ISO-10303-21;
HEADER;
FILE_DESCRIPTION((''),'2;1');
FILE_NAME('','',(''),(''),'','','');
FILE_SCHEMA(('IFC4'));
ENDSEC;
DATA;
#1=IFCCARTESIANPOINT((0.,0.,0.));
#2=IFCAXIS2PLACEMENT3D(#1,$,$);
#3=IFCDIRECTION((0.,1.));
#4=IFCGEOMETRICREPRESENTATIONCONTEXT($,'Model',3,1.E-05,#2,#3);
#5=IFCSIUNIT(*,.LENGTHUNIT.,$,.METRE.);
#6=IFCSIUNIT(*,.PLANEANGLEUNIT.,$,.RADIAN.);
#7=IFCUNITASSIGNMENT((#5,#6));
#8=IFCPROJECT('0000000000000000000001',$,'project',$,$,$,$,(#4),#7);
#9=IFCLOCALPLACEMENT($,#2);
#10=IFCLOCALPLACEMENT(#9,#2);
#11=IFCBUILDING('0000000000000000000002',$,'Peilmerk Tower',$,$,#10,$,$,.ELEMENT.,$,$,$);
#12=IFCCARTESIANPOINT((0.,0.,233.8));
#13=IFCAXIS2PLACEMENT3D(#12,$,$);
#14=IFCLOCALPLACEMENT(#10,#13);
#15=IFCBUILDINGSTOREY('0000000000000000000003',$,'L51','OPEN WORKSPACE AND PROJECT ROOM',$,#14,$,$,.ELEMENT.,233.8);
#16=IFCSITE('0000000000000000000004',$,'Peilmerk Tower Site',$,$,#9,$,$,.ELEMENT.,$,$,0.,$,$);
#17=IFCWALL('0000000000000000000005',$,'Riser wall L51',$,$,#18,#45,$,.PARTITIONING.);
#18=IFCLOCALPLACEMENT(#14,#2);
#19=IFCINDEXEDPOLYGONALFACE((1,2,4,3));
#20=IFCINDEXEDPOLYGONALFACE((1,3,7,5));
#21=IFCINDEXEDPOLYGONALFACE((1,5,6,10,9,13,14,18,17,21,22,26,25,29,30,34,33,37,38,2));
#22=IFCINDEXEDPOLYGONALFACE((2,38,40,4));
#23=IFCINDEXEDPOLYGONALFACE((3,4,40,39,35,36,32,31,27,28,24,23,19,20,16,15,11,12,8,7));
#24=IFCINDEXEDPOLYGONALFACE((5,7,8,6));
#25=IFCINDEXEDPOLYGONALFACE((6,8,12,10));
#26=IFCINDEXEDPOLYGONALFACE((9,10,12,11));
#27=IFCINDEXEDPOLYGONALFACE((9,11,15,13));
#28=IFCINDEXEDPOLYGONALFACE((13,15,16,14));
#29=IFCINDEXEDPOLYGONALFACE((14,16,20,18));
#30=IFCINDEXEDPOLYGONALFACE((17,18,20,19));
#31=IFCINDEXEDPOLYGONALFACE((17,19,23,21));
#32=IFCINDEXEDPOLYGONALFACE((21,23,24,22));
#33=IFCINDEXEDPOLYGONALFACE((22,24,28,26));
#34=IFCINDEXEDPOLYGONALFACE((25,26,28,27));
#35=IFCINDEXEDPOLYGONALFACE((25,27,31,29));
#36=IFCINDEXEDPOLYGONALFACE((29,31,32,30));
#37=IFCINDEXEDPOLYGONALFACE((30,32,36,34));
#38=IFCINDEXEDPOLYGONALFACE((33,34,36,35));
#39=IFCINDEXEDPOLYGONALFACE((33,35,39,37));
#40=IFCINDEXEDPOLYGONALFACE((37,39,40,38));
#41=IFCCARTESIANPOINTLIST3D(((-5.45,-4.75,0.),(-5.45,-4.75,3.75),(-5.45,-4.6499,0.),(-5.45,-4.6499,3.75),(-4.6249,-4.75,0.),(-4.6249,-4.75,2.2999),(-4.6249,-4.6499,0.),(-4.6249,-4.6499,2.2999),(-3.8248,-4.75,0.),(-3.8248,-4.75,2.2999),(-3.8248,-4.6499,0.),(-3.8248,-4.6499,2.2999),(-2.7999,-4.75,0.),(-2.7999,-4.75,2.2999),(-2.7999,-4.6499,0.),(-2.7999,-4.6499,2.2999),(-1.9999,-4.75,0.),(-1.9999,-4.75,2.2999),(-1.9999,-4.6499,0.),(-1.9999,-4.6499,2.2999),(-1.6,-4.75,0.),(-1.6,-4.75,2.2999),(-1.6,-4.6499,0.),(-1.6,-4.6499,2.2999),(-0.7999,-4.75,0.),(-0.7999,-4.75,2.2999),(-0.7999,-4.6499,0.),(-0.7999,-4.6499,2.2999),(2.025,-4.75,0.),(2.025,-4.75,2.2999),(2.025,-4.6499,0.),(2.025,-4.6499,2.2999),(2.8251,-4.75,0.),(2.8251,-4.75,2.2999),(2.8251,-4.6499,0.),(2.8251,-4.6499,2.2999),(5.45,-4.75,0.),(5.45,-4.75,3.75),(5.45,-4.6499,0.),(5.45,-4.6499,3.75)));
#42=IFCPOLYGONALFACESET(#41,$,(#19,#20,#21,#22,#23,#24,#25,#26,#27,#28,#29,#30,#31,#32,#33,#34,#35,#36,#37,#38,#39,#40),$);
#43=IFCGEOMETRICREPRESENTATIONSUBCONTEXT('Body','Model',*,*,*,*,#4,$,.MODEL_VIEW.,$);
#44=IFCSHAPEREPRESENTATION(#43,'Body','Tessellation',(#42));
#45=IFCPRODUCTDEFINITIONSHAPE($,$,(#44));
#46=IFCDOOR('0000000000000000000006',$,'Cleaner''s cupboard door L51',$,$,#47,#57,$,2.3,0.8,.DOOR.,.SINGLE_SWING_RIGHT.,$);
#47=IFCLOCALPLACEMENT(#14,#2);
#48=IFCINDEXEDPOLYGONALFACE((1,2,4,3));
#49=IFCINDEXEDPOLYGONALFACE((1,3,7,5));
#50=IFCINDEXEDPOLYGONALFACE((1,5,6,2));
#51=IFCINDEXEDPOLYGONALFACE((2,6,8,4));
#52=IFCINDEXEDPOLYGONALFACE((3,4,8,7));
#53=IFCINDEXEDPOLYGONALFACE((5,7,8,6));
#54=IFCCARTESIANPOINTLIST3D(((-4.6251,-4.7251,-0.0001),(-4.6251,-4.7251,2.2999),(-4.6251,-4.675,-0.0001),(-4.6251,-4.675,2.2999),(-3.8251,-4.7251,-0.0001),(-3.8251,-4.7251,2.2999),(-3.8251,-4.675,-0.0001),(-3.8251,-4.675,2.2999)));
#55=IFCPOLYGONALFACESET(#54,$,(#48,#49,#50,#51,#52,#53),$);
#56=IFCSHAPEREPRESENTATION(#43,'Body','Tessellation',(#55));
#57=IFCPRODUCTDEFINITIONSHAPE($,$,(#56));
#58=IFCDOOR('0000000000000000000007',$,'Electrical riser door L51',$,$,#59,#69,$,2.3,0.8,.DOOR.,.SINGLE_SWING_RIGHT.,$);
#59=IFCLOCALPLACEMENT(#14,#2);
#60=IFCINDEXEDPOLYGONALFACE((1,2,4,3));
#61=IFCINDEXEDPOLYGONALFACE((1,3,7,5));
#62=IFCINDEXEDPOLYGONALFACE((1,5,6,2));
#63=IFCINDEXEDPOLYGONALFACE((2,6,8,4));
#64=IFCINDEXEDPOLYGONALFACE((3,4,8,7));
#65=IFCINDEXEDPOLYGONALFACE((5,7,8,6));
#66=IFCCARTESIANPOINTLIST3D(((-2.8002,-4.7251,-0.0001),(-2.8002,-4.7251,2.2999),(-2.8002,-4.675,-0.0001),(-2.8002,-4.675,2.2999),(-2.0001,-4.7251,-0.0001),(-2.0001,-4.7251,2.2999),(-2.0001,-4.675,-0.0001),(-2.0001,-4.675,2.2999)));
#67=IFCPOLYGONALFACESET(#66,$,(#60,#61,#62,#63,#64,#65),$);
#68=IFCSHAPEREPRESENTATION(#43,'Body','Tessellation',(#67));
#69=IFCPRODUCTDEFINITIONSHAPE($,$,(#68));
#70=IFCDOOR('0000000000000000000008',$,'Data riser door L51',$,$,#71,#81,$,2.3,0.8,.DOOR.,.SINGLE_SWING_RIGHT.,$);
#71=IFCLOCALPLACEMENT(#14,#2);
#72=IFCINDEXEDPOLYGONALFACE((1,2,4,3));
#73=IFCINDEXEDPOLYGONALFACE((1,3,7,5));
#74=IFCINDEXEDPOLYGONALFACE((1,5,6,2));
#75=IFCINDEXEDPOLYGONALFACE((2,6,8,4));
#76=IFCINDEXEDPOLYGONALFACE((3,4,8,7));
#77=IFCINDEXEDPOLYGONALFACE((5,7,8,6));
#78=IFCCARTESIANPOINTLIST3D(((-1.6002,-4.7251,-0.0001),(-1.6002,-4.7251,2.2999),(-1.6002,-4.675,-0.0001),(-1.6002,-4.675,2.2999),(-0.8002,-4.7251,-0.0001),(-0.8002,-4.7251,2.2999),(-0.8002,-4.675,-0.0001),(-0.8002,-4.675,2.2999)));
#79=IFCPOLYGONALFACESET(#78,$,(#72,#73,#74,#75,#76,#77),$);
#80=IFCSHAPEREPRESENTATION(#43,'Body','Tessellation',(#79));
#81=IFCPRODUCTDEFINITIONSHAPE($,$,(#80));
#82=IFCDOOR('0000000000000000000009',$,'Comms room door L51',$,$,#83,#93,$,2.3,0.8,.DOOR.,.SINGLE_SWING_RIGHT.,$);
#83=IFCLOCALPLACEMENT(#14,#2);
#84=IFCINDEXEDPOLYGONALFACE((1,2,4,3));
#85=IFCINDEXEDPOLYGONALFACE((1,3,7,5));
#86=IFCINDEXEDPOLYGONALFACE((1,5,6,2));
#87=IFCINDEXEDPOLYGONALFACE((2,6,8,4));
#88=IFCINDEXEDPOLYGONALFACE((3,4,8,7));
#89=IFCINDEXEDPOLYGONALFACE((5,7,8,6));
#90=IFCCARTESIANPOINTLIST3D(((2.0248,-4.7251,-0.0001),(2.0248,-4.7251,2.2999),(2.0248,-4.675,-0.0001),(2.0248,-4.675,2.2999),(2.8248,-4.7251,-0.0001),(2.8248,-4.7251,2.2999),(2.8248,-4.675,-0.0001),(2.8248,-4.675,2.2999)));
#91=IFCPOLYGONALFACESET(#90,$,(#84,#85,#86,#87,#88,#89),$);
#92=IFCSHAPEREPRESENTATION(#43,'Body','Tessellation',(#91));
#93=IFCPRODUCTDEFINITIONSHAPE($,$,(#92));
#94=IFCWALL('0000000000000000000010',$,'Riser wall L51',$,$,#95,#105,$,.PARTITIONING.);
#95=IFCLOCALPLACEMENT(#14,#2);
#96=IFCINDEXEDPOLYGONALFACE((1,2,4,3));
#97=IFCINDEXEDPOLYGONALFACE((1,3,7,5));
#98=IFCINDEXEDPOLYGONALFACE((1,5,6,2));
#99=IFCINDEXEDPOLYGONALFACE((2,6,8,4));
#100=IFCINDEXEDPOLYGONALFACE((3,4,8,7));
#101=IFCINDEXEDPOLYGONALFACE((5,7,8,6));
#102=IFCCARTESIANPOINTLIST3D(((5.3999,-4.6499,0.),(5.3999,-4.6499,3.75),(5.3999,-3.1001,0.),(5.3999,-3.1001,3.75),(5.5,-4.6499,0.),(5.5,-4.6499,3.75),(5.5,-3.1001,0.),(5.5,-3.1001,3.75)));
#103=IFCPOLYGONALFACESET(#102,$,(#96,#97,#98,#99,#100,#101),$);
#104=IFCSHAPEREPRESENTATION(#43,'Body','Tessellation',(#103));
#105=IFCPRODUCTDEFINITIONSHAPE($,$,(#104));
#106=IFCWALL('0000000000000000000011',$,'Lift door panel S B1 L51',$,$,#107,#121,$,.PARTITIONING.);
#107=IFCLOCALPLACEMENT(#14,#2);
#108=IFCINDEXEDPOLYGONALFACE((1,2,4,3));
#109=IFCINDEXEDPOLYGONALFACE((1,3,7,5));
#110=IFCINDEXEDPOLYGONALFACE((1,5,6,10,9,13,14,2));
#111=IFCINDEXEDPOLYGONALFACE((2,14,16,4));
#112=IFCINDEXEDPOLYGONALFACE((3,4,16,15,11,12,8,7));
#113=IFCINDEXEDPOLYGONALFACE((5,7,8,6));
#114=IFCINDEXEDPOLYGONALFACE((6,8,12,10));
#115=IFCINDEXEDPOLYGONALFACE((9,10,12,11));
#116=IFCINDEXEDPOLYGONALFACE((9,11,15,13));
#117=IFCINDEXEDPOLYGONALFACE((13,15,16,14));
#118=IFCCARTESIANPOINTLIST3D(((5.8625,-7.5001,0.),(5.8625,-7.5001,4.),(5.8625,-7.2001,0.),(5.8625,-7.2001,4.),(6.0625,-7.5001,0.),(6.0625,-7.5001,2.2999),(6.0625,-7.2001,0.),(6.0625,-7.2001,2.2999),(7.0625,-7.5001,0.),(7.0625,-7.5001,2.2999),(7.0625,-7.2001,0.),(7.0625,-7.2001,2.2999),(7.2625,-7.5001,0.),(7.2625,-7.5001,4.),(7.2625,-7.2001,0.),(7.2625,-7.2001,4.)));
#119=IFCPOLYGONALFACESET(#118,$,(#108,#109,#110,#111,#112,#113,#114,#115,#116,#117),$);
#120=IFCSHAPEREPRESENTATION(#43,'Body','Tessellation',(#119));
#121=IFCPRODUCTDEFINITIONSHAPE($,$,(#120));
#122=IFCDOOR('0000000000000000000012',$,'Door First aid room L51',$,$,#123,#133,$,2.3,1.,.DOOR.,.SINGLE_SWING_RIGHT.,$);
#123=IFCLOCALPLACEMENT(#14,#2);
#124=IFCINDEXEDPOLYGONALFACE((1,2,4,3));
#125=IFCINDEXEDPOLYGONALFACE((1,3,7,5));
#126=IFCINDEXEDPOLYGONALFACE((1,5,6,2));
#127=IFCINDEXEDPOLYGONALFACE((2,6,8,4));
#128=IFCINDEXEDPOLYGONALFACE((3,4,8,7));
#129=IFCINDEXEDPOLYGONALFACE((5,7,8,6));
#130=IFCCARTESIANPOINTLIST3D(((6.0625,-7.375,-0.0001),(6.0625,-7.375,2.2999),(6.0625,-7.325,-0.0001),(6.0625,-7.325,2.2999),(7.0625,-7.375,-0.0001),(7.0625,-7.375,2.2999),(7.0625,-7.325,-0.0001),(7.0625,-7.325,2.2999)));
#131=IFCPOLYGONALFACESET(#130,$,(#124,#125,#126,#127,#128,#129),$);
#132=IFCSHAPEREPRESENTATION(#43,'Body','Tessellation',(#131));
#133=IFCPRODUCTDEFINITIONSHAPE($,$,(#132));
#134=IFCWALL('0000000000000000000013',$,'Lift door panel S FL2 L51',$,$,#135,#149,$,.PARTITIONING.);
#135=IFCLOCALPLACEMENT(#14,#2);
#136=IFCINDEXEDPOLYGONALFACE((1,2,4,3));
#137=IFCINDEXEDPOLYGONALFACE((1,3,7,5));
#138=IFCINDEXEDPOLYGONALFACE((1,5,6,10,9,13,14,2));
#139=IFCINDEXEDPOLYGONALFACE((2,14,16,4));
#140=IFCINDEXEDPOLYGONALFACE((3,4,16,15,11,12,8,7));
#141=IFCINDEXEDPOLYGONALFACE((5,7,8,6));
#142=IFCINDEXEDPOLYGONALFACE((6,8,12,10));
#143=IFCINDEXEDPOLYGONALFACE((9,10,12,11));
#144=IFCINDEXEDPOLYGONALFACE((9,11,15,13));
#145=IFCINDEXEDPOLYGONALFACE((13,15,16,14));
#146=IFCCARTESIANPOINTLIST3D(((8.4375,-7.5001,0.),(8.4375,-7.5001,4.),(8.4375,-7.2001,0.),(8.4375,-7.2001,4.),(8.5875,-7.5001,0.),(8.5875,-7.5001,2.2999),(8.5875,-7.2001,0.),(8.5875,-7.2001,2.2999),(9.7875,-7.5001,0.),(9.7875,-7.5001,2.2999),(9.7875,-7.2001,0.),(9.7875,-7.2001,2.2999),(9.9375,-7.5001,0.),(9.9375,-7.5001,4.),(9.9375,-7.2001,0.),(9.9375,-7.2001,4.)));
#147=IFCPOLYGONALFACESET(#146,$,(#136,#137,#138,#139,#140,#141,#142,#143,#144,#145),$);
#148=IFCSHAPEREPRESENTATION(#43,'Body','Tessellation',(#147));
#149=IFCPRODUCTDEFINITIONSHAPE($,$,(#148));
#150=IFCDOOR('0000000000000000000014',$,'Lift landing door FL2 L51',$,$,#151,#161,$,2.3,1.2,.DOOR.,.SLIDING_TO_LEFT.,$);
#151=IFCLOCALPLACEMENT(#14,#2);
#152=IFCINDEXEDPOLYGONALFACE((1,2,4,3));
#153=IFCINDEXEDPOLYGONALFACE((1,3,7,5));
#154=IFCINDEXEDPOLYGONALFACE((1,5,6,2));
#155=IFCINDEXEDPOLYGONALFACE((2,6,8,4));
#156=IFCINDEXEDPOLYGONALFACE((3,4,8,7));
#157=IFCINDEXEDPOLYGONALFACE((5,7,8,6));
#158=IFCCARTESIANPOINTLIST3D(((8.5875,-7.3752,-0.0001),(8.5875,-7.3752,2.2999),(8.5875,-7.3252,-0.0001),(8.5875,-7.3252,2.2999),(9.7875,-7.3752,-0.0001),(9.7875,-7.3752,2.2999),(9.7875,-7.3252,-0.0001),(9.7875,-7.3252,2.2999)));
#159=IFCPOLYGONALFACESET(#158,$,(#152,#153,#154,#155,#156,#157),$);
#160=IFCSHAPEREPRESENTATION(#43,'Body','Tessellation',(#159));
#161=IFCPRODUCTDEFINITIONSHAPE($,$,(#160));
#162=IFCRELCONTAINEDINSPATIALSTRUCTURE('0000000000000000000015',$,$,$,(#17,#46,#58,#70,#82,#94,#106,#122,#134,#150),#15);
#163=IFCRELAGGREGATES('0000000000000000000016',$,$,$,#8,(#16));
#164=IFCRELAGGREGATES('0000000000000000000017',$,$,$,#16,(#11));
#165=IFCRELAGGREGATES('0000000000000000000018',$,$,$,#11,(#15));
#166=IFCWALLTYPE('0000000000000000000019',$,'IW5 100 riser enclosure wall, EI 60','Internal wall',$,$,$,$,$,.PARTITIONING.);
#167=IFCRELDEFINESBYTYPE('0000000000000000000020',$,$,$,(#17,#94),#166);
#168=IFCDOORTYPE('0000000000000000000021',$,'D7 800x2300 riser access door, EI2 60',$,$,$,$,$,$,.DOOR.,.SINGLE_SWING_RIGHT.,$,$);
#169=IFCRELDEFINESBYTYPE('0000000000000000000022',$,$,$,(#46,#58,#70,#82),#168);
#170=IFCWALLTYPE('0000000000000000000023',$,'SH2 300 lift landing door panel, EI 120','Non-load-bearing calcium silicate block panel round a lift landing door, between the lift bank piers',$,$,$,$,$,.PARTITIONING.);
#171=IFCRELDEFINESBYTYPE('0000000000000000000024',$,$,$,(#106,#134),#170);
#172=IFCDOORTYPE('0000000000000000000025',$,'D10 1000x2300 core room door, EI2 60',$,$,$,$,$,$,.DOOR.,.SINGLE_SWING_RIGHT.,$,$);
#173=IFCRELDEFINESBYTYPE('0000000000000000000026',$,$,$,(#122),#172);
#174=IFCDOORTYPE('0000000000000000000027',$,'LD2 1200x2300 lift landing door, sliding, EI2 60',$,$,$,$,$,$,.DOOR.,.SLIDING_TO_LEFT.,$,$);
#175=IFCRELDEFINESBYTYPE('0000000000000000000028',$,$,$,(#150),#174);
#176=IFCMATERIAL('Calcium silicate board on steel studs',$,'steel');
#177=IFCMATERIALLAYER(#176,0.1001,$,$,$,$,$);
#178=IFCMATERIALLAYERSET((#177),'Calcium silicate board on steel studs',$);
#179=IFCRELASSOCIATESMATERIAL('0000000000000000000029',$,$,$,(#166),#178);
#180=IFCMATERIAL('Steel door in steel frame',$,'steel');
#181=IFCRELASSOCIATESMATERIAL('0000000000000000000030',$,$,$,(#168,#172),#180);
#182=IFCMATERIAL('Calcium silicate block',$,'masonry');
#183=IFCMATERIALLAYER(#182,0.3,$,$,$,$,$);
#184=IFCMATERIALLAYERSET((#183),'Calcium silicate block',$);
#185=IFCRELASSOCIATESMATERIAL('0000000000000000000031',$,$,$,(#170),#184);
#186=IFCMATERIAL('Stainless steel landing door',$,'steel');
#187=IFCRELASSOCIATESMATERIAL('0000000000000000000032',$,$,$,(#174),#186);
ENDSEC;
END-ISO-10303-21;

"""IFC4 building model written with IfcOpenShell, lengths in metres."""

from ifc_helpers import new_model, si_unit, direction, frame, frame_2d, origin, place, context, subcontext, project, spatial, rectangle, extrude, material, layer, layer_set, type_object, element, fill, save


model = new_model("IFC4")

# Units and contexts
model_context = context("Model", 3, precision=1e-05, world=origin(), true_north=direction((0.0, 1.0)))
body_context = subcontext(model_context, "Body", "Model", "MODEL_VIEW")
ifc_project = project(units=[si_unit("LENGTHUNIT", "METRE"), si_unit("PLANEANGLEUNIT", "RADIAN")], contexts=[model_context])

# Site, building, storey
site_placement = place(None, origin())
site = spatial("IfcSite", under=ifc_project, at=site_placement, Name="Peilmerk Tower Site", CompositionType="ELEMENT", RefElevation=0.0)
building_placement = place(site_placement, origin())
building = spatial("IfcBuilding", under=site, at=building_placement, Name="Peilmerk Tower", CompositionType="ELEMENT")
storey_placement = place(building_placement, frame((0.0, 0.0, 233.8)))
storey = spatial("IfcBuildingStorey", under=building, at=storey_placement, Name="L51", Description="OPEN WORKSPACE AND PROJECT ROOM", CompositionType="ELEMENT", Elevation=233.8)

# Shared definitions
ifc_material_1 = material(Name="Steel door in steel frame", Category="steel")

# Shared definitions
ifc_material_2 = material(Name="Calcium silicate board on steel studs", Category="steel")
ifc_layer_1 = layer(ifc_material_2, 0.1001)
ifc_layer_set_1 = layer_set([ifc_layer_1], Name="Calcium silicate board on steel studs")
wall_type_1 = type_object("IfcWallType", Name="IW5 100 riser enclosure wall, EI 60", Description="Internal wall", PredefinedType="PARTITIONING", material=ifc_layer_set_1)

# Wall, openings, doors
wall_1_placement = place(storey_placement, frame((5.45, -4.7, 0.0), z_axis=(0.0, 0.0, 1.0), x_axis=(-1.0, 0.0, 0.0)))
wall_1 = element("IfcWall", 1, at=wall_1_placement, inside=storey, type_object=wall_type_1, Name="Riser wall L51", PredefinedType="PARTITIONING", context=body_context, shape_type="SweptSolid", body=[
    extrude(rectangle(XDim=10.8999, YDim=0.1001, at=frame_2d((5.45, 0.0))), origin(), (0.0, 0.0, 1.0), 3.75),
])
opening_1_placement = place(wall_1_placement, frame((9.2749, 0.0, 0.0)))
opening_1 = element("IfcOpeningElement", 2, at=opening_1_placement, cuts=wall_1, PredefinedType="OPENING", context=body_context, shape_type="SweptSolid", body=[
    extrude(rectangle(XDim=0.8, YDim=2.3, at=frame_2d((0.3999, 1.1499))), frame((0.0, 0.0601, 0.0), z_axis=(0.0, -1.0, 0.0), x_axis=(1.0, 0.0, 0.0)), (0.0, 0.0, 1.0), 0.1201),
])
opening_2_placement = place(wall_1_placement, frame((7.45, 0.0, 0.0)))
opening_2 = element("IfcOpeningElement", 3, at=opening_2_placement, cuts=wall_1, PredefinedType="OPENING", context=body_context, shape_type="SweptSolid", body=[
    extrude(rectangle(XDim=0.8, YDim=2.3, at=frame_2d((0.3999, 1.1499))), frame((0.0, 0.0601, 0.0), z_axis=(0.0, -1.0, 0.0), x_axis=(1.0, 0.0, 0.0)), (0.0, 0.0, 1.0), 0.1201),
])
opening_3_placement = place(wall_1_placement, frame((6.25, 0.0, 0.0)))
opening_3 = element("IfcOpeningElement", 4, at=opening_3_placement, cuts=wall_1, PredefinedType="OPENING", context=body_context, shape_type="SweptSolid", body=[
    extrude(rectangle(XDim=0.8, YDim=2.3, at=frame_2d((0.3999, 1.1499))), frame((0.0, 0.0601, 0.0), z_axis=(0.0, -1.0, 0.0), x_axis=(1.0, 0.0, 0.0)), (0.0, 0.0, 1.0), 0.1201),
])
opening_4_placement = place(wall_1_placement, frame((2.625, 0.0, 0.0)))
opening_4 = element("IfcOpeningElement", 5, at=opening_4_placement, cuts=wall_1, PredefinedType="OPENING", context=body_context, shape_type="SweptSolid", body=[
    extrude(rectangle(XDim=0.8, YDim=2.3, at=frame_2d((0.3999, 1.1499))), frame((0.0, 0.0601, 0.0), z_axis=(0.0, -1.0, 0.0), x_axis=(1.0, 0.0, 0.0)), (0.0, 0.0, 1.0), 0.1201),
])
door_type_1 = type_object("IfcDoorType", Name="D7 800x2300 riser access door, EI2 60", OperationType="SINGLE_SWING_RIGHT", PredefinedType="DOOR", material=ifc_material_1)
door_1_placement = place(opening_1_placement, frame((0.8, 0.0, 0.0), z_axis=(0.0, 0.0, 1.0), x_axis=(-1.0, 0.0, 0.0)))
door_1 = element("IfcDoor", 6, at=door_1_placement, inside=storey, type_object=door_type_1, Name="Cleaner's cupboard door L51", OperationType="SINGLE_SWING_RIGHT", OverallHeight=2.3, OverallWidth=0.8, PredefinedType="DOOR", context=body_context, shape_type="SweptSolid", body=[
    extrude(rectangle(XDim=0.8, YDim=2.3, at=frame_2d((0.3999, 1.1499))), frame((0.0, 0.0249, 0.0), z_axis=(0.0, -1.0, 0.0), x_axis=(1.0, 0.0, 0.0)), (0.0, 0.0, 1.0), 0.05),
])
fill(opening_1, door_1)
door_2_placement = place(opening_2_placement, frame((0.8, 0.0, 0.0), z_axis=(0.0, 0.0, 1.0), x_axis=(-1.0, 0.0, 0.0)))
door_2 = element("IfcDoor", 7, at=door_2_placement, inside=storey, type_object=door_type_1, Name="Electrical riser door L51", OperationType="SINGLE_SWING_RIGHT", OverallHeight=2.3, OverallWidth=0.8, PredefinedType="DOOR", context=body_context, shape_type="SweptSolid", body=[
    extrude(rectangle(XDim=0.8, YDim=2.3, at=frame_2d((0.3999, 1.1499))), frame((0.0, 0.0249, 0.0), z_axis=(0.0, -1.0, 0.0), x_axis=(1.0, 0.0, 0.0)), (0.0, 0.0, 1.0), 0.05),
])
fill(opening_2, door_2)
door_3_placement = place(opening_3_placement, frame((0.8, 0.0, 0.0), z_axis=(0.0, 0.0, 1.0), x_axis=(-1.0, 0.0, 0.0)))
door_3 = element("IfcDoor", 8, at=door_3_placement, inside=storey, type_object=door_type_1, Name="Data riser door L51", OperationType="SINGLE_SWING_RIGHT", OverallHeight=2.3, OverallWidth=0.8, PredefinedType="DOOR", context=body_context, shape_type="SweptSolid", body=[
    extrude(rectangle(XDim=0.8, YDim=2.3, at=frame_2d((0.3999, 1.1499))), frame((0.0, 0.0249, 0.0), z_axis=(0.0, -1.0, 0.0), x_axis=(1.0, 0.0, 0.0)), (0.0, 0.0, 1.0), 0.05),
])
fill(opening_3, door_3)
door_4_placement = place(opening_4_placement, frame((0.8, 0.0, 0.0), z_axis=(0.0, 0.0, 1.0), x_axis=(-1.0, 0.0, 0.0)))
door_4 = element("IfcDoor", 9, at=door_4_placement, inside=storey, type_object=door_type_1, Name="Comms room door L51", OperationType="SINGLE_SWING_RIGHT", OverallHeight=2.3, OverallWidth=0.8, PredefinedType="DOOR", context=body_context, shape_type="SweptSolid", body=[
    extrude(rectangle(XDim=0.8, YDim=2.3, at=frame_2d((0.3999, 1.1499))), frame((0.0, 0.0249, 0.0), z_axis=(0.0, -1.0, 0.0), x_axis=(1.0, 0.0, 0.0)), (0.0, 0.0, 1.0), 0.05),
])
fill(opening_4, door_4)

# Wall
wall_2_placement = place(storey_placement, frame((5.45, -3.1001, 0.0), z_axis=(0.0, 0.0, 1.0), x_axis=(0.0, -1.0, 0.0)))
element("IfcWall", 10, at=wall_2_placement, inside=storey, type_object=wall_type_1, Name="Riser wall L51", PredefinedType="PARTITIONING", context=body_context, shape_type="SweptSolid", body=[
    extrude(rectangle(XDim=1.5498, YDim=0.1001, at=frame_2d((0.7749, 0.0))), origin(), (0.0, 0.0, 1.0), 3.75),
])

# Walls, openings, doors
ifc_material_3 = material(Name="Calcium silicate block", Category="masonry")
ifc_layer_2 = layer(ifc_material_3, 0.3)
ifc_layer_set_2 = layer_set([ifc_layer_2], Name="Calcium silicate block")
wall_type_2 = type_object("IfcWallType", Name="SH2 300 lift landing door panel, EI 120", Description="Non-load-bearing calcium silicate block panel round a lift landing door, between the lift bank piers", PredefinedType="PARTITIONING", material=ifc_layer_set_2)
wall_3_placement = place(storey_placement, frame((5.8625, -7.3501, 0.0), z_axis=(0.0, 0.0, 1.0), x_axis=(1.0, 0.0, 0.0)))
wall_3 = element("IfcWall", 11, at=wall_3_placement, inside=storey, type_object=wall_type_2, Name="Lift door panel S B1 L51", PredefinedType="PARTITIONING", context=body_context, shape_type="SweptSolid", body=[
    extrude(rectangle(XDim=1.3999, YDim=0.3, at=frame_2d((0.7, 0.0))), origin(), (0.0, 0.0, 1.0), 4.0),
])
opening_5_placement = place(wall_3_placement, frame((0.2, 0.0, 0.0)))
opening_5 = element("IfcOpeningElement", 12, at=opening_5_placement, cuts=wall_3, PredefinedType="OPENING", context=body_context, shape_type="SweptSolid", body=[
    extrude(rectangle(XDim=1.0, YDim=2.3, at=frame_2d((0.5, 1.1499))), frame((0.0, 0.1599, 0.0), z_axis=(0.0, -1.0, 0.0), x_axis=(1.0, 0.0, 0.0)), (0.0, 0.0, 1.0), 0.3201),
])
door_type_2 = type_object("IfcDoorType", Name="D10 1000x2300 core room door, EI2 60", OperationType="SINGLE_SWING_RIGHT", PredefinedType="DOOR", material=ifc_material_1)
door_5_placement = place(opening_5_placement, frame((1.0, 0.0, 0.0), z_axis=(0.0, 0.0, 1.0), x_axis=(-1.0, 0.0, 0.0)))
door_5 = element("IfcDoor", 13, at=door_5_placement, inside=storey, type_object=door_type_2, Name="Door First aid room L51", OperationType="SINGLE_SWING_RIGHT", OverallHeight=2.3, OverallWidth=1.0, PredefinedType="DOOR", context=body_context, shape_type="SweptSolid", body=[
    extrude(rectangle(XDim=1.0, YDim=2.3, at=frame_2d((0.5, 1.1499))), frame((0.0, 0.0249, 0.0), z_axis=(0.0, -1.0, 0.0), x_axis=(1.0, 0.0, 0.0)), (0.0, 0.0, 1.0), 0.05),
])
fill(opening_5, door_5)
wall_4_placement = place(storey_placement, frame((8.4375, -7.3501, 0.0), z_axis=(0.0, 0.0, 1.0), x_axis=(1.0, 0.0, 0.0)))
wall_4 = element("IfcWall", 14, at=wall_4_placement, inside=storey, type_object=wall_type_2, Name="Lift door panel S FL2 L51", PredefinedType="PARTITIONING", context=body_context, shape_type="SweptSolid", body=[
    extrude(rectangle(XDim=1.5, YDim=0.3, at=frame_2d((0.75, 0.0))), origin(), (0.0, 0.0, 1.0), 4.0),
])
opening_6_placement = place(wall_4_placement, frame((0.1499, 0.0, 0.0)))
opening_6 = element("IfcOpeningElement", 15, at=opening_6_placement, cuts=wall_4, PredefinedType="OPENING", context=body_context, shape_type="SweptSolid", body=[
    extrude(rectangle(XDim=1.2, YDim=2.3, at=frame_2d((0.6001, 1.1499))), frame((0.0, 0.1599, 0.0), z_axis=(0.0, -1.0, 0.0), x_axis=(1.0, 0.0, 0.0)), (0.0, 0.0, 1.0), 0.3201),
])
ifc_material_4 = material(Name="Stainless steel landing door", Category="steel")
door_type_3 = type_object("IfcDoorType", Name="LD2 1200x2300 lift landing door, sliding, EI2 60", OperationType="SLIDING_TO_LEFT", PredefinedType="DOOR", material=ifc_material_4)
door_6_placement = place(opening_6_placement, origin())
door_6 = element("IfcDoor", 16, at=door_6_placement, inside=storey, type_object=door_type_3, Name="Lift landing door FL2 L51", OperationType="SLIDING_TO_LEFT", OverallHeight=2.3, OverallWidth=1.2, PredefinedType="DOOR", context=body_context, shape_type="SweptSolid", body=[
    extrude(rectangle(XDim=1.2, YDim=2.3, at=frame_2d((0.6001, 1.1499))), frame((0.0, 0.0249, 0.0), z_axis=(0.0, -1.0, 0.0), x_axis=(1.0, 0.0, 0.0)), (0.0, 0.0, 1.0), 0.05),
])
fill(opening_6, door_6)

save(model, "model.ifc")
